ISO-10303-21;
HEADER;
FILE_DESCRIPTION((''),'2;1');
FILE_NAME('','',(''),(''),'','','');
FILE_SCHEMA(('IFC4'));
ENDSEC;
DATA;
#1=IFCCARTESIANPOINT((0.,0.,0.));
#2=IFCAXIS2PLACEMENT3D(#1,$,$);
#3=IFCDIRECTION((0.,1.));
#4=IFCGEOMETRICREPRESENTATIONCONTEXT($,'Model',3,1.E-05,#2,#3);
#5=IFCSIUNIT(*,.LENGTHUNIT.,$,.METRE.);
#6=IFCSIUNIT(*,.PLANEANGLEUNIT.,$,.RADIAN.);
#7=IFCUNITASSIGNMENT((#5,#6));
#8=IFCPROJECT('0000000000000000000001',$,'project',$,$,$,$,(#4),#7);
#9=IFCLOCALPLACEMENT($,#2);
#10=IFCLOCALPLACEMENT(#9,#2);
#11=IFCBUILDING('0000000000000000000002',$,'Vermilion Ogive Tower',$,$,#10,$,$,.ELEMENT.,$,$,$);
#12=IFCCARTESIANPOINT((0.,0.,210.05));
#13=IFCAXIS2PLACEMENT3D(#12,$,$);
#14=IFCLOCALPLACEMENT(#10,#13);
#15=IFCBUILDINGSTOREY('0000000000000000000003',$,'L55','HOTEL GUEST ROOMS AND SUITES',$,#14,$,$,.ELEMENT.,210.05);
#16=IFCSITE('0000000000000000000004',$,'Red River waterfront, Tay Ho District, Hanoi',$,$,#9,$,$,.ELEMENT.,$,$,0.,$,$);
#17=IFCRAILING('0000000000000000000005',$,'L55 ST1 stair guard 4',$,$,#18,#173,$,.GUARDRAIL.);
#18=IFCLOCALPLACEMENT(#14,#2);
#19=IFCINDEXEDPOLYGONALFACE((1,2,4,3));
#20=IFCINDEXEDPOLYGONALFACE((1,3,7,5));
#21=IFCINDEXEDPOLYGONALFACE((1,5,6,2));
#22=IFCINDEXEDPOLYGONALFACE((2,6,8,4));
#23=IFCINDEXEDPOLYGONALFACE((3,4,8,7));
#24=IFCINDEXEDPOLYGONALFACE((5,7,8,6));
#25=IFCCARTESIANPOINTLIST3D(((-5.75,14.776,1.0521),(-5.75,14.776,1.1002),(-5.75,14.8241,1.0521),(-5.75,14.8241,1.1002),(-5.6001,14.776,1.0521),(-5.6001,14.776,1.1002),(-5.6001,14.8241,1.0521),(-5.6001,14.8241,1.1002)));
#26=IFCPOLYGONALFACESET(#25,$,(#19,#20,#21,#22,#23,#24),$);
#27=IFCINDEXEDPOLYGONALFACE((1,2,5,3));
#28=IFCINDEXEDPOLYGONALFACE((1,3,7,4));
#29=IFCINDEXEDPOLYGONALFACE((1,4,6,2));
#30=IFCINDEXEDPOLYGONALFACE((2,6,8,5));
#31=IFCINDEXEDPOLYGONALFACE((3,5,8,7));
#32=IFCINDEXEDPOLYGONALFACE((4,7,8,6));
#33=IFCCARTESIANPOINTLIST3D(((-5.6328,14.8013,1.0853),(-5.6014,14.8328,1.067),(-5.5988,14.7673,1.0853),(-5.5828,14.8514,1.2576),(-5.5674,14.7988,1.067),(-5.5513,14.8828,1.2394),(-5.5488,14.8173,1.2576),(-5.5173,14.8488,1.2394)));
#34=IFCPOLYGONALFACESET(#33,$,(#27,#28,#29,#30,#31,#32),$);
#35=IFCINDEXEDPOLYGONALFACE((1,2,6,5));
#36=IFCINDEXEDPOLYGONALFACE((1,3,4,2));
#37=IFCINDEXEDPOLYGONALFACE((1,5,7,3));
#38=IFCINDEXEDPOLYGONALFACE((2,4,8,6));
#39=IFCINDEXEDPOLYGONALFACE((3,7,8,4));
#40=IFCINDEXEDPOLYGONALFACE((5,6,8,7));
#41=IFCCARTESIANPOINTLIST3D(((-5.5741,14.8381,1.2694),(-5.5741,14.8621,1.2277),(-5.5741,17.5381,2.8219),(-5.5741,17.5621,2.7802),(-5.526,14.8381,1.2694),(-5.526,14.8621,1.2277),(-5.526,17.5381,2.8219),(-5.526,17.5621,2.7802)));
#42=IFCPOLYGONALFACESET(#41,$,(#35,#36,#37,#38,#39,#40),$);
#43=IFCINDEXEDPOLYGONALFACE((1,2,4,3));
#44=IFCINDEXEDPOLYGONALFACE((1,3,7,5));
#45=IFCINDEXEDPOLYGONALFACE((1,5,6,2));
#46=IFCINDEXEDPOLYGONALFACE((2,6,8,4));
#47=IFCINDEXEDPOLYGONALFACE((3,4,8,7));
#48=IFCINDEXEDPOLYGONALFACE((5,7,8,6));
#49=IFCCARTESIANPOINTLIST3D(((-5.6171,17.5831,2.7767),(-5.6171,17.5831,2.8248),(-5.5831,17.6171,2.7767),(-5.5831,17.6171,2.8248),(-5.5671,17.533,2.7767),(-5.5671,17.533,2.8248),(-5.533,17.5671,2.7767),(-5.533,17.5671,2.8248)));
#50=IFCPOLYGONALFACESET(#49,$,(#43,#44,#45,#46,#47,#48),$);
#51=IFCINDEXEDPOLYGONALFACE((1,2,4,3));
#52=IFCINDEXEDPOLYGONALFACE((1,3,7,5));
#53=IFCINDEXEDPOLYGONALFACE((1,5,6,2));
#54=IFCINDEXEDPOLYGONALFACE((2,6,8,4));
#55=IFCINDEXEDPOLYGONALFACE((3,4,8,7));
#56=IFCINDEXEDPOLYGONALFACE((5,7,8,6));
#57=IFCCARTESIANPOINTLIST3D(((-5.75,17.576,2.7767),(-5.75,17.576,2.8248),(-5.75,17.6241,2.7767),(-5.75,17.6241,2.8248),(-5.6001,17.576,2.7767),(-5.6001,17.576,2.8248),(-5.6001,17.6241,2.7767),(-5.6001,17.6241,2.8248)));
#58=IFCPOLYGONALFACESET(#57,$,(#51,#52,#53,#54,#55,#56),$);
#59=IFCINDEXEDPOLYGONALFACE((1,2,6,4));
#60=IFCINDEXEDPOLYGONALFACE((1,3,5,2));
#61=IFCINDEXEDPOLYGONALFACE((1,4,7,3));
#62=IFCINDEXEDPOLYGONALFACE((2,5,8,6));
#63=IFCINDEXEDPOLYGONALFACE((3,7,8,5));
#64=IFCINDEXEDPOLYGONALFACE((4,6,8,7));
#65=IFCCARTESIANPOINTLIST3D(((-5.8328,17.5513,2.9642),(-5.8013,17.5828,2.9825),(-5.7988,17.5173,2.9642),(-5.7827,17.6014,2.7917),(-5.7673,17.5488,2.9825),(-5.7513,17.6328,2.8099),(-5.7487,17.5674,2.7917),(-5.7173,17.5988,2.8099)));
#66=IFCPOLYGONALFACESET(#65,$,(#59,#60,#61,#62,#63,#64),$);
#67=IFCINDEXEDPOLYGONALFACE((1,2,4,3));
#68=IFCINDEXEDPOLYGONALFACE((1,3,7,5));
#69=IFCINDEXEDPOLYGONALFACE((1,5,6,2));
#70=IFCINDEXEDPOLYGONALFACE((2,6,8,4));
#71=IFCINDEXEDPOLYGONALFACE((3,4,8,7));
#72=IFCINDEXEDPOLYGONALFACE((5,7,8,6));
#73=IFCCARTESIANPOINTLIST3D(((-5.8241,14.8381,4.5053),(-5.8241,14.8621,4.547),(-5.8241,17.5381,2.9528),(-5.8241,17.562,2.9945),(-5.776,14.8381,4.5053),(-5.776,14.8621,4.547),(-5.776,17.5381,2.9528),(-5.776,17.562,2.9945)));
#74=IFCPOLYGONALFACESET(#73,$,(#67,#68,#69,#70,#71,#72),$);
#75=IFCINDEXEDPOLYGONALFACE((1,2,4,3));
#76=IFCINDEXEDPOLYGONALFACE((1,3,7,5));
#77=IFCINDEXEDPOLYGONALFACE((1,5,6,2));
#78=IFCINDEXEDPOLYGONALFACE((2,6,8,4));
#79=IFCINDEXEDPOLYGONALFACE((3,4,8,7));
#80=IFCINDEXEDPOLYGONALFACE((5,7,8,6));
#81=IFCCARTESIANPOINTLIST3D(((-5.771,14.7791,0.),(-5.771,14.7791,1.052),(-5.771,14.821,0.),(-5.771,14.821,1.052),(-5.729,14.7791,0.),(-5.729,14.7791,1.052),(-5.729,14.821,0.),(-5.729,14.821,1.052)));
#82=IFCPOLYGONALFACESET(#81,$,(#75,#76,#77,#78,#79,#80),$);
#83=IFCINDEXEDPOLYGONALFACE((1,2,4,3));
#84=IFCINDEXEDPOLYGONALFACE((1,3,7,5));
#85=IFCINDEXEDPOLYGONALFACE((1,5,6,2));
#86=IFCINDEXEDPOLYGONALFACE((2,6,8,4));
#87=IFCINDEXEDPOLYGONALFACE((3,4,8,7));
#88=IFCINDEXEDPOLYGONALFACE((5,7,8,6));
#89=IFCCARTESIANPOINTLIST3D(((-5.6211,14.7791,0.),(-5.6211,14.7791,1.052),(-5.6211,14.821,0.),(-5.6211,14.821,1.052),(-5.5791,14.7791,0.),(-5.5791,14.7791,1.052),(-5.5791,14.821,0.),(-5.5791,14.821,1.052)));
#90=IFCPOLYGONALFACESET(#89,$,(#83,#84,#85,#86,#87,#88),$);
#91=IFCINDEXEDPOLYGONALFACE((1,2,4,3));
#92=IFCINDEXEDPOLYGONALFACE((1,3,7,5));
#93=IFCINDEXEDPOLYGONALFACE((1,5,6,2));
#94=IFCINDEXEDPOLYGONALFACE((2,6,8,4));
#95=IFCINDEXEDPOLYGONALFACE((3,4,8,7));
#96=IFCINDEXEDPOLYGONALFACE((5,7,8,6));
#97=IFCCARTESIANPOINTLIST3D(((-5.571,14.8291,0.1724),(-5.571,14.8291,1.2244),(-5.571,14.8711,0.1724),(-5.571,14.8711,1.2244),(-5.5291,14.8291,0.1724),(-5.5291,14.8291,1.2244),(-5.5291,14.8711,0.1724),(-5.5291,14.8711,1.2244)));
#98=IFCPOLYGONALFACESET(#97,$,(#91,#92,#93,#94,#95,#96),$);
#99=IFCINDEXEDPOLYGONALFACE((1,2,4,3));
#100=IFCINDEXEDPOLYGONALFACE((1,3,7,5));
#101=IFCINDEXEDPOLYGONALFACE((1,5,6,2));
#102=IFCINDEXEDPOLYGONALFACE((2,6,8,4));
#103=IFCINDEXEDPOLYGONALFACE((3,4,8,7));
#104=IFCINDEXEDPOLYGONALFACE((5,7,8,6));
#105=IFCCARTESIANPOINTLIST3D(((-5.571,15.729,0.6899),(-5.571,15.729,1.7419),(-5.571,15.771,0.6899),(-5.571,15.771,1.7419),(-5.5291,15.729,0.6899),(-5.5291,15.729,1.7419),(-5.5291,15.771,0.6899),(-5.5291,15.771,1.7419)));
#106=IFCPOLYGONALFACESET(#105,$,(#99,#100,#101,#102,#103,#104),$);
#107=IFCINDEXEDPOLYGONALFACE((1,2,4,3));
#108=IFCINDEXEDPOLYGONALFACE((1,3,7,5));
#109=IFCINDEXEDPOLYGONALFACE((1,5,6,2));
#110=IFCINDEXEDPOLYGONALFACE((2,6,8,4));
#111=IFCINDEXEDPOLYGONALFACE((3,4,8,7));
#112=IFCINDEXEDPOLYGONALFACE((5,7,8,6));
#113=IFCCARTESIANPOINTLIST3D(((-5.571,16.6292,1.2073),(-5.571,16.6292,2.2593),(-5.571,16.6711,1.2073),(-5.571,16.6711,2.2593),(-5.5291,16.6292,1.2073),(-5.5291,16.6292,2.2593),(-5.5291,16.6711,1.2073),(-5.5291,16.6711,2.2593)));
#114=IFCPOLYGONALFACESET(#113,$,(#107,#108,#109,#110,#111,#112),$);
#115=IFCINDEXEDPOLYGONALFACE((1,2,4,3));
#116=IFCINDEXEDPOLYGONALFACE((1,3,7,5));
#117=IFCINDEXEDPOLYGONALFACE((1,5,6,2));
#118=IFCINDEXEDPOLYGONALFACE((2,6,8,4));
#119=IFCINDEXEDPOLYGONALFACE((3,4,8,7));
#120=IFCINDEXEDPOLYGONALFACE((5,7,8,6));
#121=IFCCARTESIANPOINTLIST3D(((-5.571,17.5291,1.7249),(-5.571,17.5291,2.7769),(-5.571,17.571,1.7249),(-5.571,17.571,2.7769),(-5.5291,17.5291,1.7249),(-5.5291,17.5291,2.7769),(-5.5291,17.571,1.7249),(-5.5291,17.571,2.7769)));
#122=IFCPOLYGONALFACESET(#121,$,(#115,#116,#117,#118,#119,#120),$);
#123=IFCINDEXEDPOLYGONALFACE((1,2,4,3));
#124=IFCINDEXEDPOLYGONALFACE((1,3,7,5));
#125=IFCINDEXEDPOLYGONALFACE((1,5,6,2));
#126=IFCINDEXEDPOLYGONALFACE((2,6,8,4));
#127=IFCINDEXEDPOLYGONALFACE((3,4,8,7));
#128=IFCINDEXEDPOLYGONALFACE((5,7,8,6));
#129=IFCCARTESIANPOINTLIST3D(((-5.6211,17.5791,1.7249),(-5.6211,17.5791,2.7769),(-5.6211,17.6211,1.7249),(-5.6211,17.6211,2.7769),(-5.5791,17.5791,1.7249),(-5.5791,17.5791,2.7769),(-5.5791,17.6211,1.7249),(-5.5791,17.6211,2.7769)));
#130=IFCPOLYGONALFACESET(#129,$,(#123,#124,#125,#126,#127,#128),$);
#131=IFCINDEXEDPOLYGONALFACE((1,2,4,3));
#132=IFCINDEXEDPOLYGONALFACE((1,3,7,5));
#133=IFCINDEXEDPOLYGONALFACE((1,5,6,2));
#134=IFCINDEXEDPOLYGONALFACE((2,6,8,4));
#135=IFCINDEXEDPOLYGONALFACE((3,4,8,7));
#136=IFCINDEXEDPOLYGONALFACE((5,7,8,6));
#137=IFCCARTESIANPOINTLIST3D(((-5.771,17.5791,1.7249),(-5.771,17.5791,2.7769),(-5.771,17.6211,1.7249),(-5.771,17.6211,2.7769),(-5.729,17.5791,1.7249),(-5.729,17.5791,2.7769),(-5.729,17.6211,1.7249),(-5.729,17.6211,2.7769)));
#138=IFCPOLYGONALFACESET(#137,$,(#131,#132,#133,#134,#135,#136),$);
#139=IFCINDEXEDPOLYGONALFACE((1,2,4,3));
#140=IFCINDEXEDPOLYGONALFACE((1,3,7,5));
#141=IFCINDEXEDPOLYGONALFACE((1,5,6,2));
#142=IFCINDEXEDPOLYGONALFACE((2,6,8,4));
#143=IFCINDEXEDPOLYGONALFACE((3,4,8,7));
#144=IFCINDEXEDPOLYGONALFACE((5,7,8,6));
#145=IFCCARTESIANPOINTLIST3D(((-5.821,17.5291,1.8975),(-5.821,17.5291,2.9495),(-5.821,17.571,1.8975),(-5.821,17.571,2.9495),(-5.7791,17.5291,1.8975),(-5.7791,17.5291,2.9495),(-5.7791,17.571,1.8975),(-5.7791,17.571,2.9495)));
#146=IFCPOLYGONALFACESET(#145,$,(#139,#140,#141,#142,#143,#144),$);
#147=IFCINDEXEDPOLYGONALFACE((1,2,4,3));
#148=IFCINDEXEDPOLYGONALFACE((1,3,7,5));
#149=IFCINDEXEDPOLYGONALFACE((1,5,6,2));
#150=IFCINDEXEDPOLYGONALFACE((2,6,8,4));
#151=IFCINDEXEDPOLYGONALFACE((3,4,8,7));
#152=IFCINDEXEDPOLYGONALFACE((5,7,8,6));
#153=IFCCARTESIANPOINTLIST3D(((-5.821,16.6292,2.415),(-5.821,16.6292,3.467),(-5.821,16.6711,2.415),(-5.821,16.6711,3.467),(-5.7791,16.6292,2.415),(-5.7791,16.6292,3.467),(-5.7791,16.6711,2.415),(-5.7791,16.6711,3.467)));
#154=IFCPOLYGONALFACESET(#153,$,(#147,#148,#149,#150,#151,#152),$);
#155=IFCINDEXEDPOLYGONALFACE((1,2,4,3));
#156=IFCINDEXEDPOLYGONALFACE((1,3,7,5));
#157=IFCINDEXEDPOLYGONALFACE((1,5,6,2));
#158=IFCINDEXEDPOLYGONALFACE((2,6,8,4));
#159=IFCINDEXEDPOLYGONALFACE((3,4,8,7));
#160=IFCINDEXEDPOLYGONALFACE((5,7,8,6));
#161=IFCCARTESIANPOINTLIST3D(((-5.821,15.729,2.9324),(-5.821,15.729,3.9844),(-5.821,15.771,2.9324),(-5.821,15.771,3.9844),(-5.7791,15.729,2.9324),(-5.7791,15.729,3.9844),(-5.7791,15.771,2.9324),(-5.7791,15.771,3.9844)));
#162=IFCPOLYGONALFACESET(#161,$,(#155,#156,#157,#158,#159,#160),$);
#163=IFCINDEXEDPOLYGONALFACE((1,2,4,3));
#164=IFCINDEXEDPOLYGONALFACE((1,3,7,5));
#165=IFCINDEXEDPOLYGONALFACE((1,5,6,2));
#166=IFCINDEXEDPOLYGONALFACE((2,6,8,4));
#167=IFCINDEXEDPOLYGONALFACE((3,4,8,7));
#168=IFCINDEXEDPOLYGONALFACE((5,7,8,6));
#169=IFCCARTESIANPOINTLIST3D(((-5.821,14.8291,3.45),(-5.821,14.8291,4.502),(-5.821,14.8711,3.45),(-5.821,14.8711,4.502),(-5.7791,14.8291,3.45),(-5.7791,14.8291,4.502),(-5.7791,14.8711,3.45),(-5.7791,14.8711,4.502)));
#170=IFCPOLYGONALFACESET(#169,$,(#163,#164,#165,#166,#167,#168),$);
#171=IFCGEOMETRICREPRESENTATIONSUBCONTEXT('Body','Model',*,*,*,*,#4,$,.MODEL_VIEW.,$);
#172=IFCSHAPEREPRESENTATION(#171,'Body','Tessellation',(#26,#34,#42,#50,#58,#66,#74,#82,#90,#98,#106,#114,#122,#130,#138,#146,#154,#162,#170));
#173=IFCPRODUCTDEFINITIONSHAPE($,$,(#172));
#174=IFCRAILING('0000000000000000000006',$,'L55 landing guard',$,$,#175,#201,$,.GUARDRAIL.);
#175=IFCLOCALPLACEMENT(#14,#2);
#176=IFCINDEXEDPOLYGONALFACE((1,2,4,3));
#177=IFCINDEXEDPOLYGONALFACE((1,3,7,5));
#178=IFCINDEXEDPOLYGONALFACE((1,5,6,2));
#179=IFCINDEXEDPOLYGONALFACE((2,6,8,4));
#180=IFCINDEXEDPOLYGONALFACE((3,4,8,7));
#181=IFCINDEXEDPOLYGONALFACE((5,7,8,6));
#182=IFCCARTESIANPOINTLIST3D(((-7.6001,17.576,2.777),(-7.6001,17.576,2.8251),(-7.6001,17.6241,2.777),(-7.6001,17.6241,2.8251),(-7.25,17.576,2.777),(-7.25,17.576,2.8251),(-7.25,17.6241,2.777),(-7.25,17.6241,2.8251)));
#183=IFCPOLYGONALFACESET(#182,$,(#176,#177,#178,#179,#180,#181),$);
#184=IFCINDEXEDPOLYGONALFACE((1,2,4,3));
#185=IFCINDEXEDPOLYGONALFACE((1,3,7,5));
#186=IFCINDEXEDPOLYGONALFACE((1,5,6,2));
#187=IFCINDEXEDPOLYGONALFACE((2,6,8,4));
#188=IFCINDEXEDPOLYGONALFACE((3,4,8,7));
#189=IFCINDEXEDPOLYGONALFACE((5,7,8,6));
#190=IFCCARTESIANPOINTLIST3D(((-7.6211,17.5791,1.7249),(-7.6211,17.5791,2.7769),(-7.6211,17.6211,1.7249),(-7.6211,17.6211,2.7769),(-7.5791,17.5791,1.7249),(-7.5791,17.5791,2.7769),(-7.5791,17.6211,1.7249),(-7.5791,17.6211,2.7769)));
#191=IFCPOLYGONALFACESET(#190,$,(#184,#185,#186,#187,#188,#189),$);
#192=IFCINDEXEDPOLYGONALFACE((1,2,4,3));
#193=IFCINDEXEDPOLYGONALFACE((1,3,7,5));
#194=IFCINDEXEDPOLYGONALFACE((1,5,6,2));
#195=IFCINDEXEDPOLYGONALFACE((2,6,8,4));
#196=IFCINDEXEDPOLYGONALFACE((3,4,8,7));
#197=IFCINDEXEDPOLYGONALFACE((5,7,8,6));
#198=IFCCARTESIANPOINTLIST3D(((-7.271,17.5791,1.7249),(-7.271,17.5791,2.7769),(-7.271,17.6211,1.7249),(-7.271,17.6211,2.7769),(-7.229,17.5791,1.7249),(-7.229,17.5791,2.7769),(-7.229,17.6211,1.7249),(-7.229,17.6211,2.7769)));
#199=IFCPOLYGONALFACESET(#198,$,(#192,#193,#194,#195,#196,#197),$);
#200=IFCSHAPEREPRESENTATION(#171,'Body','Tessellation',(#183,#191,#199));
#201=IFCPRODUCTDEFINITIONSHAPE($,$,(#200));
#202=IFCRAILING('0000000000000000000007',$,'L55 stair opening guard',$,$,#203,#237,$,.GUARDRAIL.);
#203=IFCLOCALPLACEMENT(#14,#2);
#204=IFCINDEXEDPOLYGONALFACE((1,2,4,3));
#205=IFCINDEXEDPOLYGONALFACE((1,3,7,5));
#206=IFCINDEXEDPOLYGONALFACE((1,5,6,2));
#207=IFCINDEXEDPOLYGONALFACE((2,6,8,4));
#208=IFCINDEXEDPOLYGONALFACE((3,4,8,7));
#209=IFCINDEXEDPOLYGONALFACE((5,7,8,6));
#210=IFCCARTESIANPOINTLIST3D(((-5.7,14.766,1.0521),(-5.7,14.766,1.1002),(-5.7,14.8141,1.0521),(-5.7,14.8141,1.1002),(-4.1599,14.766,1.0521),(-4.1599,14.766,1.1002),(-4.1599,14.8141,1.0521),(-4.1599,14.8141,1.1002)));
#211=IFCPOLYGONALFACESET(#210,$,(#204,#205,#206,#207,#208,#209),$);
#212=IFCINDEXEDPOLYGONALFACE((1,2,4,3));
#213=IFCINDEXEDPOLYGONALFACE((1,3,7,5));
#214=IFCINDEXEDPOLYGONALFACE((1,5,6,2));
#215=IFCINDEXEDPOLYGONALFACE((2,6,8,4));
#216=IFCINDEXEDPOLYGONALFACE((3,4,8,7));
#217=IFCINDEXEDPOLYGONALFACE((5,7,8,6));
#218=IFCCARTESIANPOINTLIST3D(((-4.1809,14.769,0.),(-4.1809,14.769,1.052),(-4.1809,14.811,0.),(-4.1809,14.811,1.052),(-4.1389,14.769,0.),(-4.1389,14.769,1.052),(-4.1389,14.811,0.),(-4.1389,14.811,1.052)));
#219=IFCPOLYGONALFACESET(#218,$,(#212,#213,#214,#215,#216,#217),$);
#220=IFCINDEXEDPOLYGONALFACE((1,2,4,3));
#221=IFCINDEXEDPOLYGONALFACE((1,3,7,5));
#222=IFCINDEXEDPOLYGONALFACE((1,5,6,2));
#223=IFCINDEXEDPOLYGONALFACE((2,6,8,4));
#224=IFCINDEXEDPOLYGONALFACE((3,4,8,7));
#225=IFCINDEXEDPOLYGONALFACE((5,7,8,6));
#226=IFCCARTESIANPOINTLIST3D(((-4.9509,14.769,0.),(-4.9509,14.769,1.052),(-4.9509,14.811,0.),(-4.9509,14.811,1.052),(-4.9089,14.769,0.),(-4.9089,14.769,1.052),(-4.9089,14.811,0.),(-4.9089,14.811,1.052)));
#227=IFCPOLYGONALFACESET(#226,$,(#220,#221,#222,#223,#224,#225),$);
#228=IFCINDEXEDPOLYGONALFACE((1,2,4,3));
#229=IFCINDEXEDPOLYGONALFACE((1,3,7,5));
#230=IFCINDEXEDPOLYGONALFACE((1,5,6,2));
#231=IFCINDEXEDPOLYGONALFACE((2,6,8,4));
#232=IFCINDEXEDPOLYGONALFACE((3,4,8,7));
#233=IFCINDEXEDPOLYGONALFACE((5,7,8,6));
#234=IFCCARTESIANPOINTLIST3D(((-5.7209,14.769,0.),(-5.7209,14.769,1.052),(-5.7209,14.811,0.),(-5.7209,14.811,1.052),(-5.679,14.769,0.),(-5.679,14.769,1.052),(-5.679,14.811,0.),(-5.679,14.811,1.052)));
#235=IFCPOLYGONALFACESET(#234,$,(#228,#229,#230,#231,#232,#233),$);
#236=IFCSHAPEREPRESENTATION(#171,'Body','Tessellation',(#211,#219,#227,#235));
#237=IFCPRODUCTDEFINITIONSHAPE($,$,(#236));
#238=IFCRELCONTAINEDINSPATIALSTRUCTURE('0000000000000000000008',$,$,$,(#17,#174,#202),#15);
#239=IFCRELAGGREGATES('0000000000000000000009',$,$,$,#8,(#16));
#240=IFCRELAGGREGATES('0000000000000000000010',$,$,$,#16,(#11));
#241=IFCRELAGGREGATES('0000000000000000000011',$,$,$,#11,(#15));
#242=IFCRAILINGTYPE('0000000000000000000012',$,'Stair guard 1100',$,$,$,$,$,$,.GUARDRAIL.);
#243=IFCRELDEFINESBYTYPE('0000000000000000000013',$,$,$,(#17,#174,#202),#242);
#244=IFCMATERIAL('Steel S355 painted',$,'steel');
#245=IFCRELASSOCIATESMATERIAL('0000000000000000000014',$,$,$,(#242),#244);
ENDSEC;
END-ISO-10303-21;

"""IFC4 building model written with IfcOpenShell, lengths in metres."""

from ifc_helpers import new_model, si_unit, direction, frame, origin, origin_2d, place, context, subcontext, project, spatial, rectangle, extrude, material, type_object, element, save


model = new_model("IFC4")

# Units and contexts
model_context = context("Model", 3, precision=1e-05, world=origin(), true_north=direction((0.0, 1.0)))
body_context = subcontext(model_context, "Body", "Model", "MODEL_VIEW")
ifc_project = project(units=[si_unit("LENGTHUNIT", "METRE"), si_unit("PLANEANGLEUNIT", "RADIAN")], contexts=[model_context])

# Site, building, storey
site_placement = place(None, origin())
site = spatial("IfcSite", under=ifc_project, at=site_placement, Name="Red River waterfront, Tay Ho District, Hanoi", CompositionType="ELEMENT", RefElevation=0.0)
building_placement = place(site_placement, origin())
building = spatial("IfcBuilding", under=site, at=building_placement, Name="Vermilion Ogive Tower", CompositionType="ELEMENT")
storey_placement = place(building_placement, frame((0.0, 0.0, 210.05)))
storey = spatial("IfcBuildingStorey", under=building, at=storey_placement, Name="L55", Description="HOTEL GUEST ROOMS AND SUITES", CompositionType="ELEMENT", Elevation=210.05)

# Railings
ifc_material_1 = material(Name="Steel S355 painted", Category="steel")
railing_type_1 = type_object("IfcRailingType", Name="Stair guard 1100", PredefinedType="GUARDRAIL", material=ifc_material_1)
railing_1_placement = place(storey_placement, frame((-5.75, 14.8, 0.0)))
element("IfcRailing", 1, at=railing_1_placement, inside=storey, type_object=railing_type_1, Name="L55 ST1 stair guard 4", PredefinedType="GUARDRAIL", context=body_context, shape_type="SweptSolid", body=[
    extrude(rectangle(XDim=0.0481, YDim=0.0481, at=origin_2d()), frame((0.0, 0.0, 1.0762), z_axis=(1.0, 0.0, 0.0), x_axis=(0.0, 1.0, 0.0)), (0.0, 0.0, 1.0), 0.1499),
    extrude(rectangle(XDim=0.0481, YDim=0.0481, at=origin_2d()), frame((0.1499, 0.0, 1.0762), z_axis=(0.268603, 0.268603, 0.925043), x_axis=(-0.707107, 0.707107, 0.0)), (0.0, 0.0, 1.0), 0.1863),
    extrude(rectangle(XDim=0.0481, YDim=0.0481, at=origin_2d()), frame((0.2, 0.05, 1.2485), z_axis=(0.0, 0.866904, 0.498476), x_axis=(-1.0, 0.0, 0.0)), (0.0, 0.0, 1.0), 3.1145),
    extrude(rectangle(XDim=0.0481, YDim=0.0481, at=origin_2d()), frame((0.2, 2.75, 2.8008), z_axis=(-0.707107, 0.707107, 0.0), x_axis=(-0.707107, -0.707107, 0.0)), (0.0, 0.0, 1.0), 0.0708),
    extrude(rectangle(XDim=0.0481, YDim=0.0481, at=origin_2d()), frame((0.1499, 2.8, 2.8008), z_axis=(-1.0, 0.0, 0.0), x_axis=(0.0, -1.0, 0.0)), (0.0, 0.0, 1.0), 0.1499),
    extrude(rectangle(XDim=0.0481, YDim=0.0481, at=origin_2d()), frame((0.0, 2.8, 2.8008), z_axis=(-0.268278, -0.268278, 0.925232), x_axis=(0.707107, -0.707107, 0.0)), (0.0, 0.0, 1.0), 0.1865),
    extrude(rectangle(XDim=0.0481, YDim=0.0481, at=origin_2d()), frame((-0.05, 2.75, 2.9736), z_axis=(0.0, -0.866904, 0.498476), x_axis=(1.0, 0.0, 0.0)), (0.0, 0.0, 1.0), 3.1145),
    extrude(rectangle(XDim=0.042, YDim=0.042, at=origin_2d()), origin(), (0.0, 0.0, 1.0), 1.052),
    extrude(rectangle(XDim=0.042, YDim=0.042, at=origin_2d()), frame((0.1499, 0.0, 0.0)), (0.0, 0.0, 1.0), 1.052),
    extrude(rectangle(XDim=0.042, YDim=0.042, at=origin_2d()), frame((0.2, 0.05, 0.1724)), (0.0, 0.0, 1.0), 1.052),
    extrude(rectangle(XDim=0.042, YDim=0.042, at=origin_2d()), frame((0.2, 0.95, 0.6899)), (0.0, 0.0, 1.0), 1.052),
    extrude(rectangle(XDim=0.042, YDim=0.042, at=origin_2d()), frame((0.2, 1.8501, 1.2073)), (0.0, 0.0, 1.0), 1.052),
    extrude(rectangle(XDim=0.042, YDim=0.042, at=origin_2d()), frame((0.2, 2.75, 1.7249)), (0.0, 0.0, 1.0), 1.052),
    extrude(rectangle(XDim=0.042, YDim=0.042, at=origin_2d()), frame((0.1499, 2.8, 1.7249)), (0.0, 0.0, 1.0), 1.052),
    extrude(rectangle(XDim=0.042, YDim=0.042, at=origin_2d()), frame((0.0, 2.8, 1.7249)), (0.0, 0.0, 1.0), 1.052),
    extrude(rectangle(XDim=0.042, YDim=0.042, at=origin_2d()), frame((-0.05, 2.75, 1.8975)), (0.0, 0.0, 1.0), 1.052),
    extrude(rectangle(XDim=0.042, YDim=0.042, at=origin_2d()), frame((-0.05, 1.8501, 2.415)), (0.0, 0.0, 1.0), 1.052),
    extrude(rectangle(XDim=0.042, YDim=0.042, at=origin_2d()), frame((-0.05, 0.95, 2.9324)), (0.0, 0.0, 1.0), 1.052),
    extrude(rectangle(XDim=0.042, YDim=0.042, at=origin_2d()), frame((-0.05, 0.05, 3.45)), (0.0, 0.0, 1.0), 1.052),
])
railing_2_placement = place(storey_placement, frame((-7.6001, 17.6001, 1.7249)))
element("IfcRailing", 2, at=railing_2_placement, inside=storey, type_object=railing_type_1, Name="L55 landing guard", PredefinedType="GUARDRAIL", context=body_context, shape_type="SweptSolid", body=[
    extrude(rectangle(XDim=0.0481, YDim=0.0481, at=origin_2d()), frame((0.0, 0.0, 1.0762), z_axis=(1.0, 0.0, 0.0), x_axis=(0.0, 1.0, 0.0)), (0.0, 0.0, 1.0), 0.3501),
    extrude(rectangle(XDim=0.042, YDim=0.042, at=origin_2d()), origin(), (0.0, 0.0, 1.0), 1.052),
    extrude(rectangle(XDim=0.042, YDim=0.042, at=origin_2d()), frame((0.3501, 0.0, 0.0)), (0.0, 0.0, 1.0), 1.052),
])
railing_3_placement = place(storey_placement, frame((-4.1599, 14.79, 0.0)))
element("IfcRailing", 3, at=railing_3_placement, inside=storey, type_object=railing_type_1, Name="L55 stair opening guard", PredefinedType="GUARDRAIL", context=body_context, shape_type="SweptSolid", body=[
    extrude(rectangle(XDim=0.0481, YDim=0.0481, at=origin_2d()), frame((0.0, 0.0, 1.0762), z_axis=(-1.0, 0.0, 0.0), x_axis=(0.0, -1.0, 0.0)), (0.0, 0.0, 1.0), 1.54),
    extrude(rectangle(XDim=0.042, YDim=0.042, at=origin_2d()), origin(), (0.0, 0.0, 1.0), 1.052),
    extrude(rectangle(XDim=0.042, YDim=0.042, at=origin_2d()), frame((-0.77, 0.0, 0.0)), (0.0, 0.0, 1.0), 1.052),
    extrude(rectangle(XDim=0.042, YDim=0.042, at=origin_2d()), frame((-1.54, 0.0, 0.0)), (0.0, 0.0, 1.0), 1.052),
])

save(model, "model.ifc")
